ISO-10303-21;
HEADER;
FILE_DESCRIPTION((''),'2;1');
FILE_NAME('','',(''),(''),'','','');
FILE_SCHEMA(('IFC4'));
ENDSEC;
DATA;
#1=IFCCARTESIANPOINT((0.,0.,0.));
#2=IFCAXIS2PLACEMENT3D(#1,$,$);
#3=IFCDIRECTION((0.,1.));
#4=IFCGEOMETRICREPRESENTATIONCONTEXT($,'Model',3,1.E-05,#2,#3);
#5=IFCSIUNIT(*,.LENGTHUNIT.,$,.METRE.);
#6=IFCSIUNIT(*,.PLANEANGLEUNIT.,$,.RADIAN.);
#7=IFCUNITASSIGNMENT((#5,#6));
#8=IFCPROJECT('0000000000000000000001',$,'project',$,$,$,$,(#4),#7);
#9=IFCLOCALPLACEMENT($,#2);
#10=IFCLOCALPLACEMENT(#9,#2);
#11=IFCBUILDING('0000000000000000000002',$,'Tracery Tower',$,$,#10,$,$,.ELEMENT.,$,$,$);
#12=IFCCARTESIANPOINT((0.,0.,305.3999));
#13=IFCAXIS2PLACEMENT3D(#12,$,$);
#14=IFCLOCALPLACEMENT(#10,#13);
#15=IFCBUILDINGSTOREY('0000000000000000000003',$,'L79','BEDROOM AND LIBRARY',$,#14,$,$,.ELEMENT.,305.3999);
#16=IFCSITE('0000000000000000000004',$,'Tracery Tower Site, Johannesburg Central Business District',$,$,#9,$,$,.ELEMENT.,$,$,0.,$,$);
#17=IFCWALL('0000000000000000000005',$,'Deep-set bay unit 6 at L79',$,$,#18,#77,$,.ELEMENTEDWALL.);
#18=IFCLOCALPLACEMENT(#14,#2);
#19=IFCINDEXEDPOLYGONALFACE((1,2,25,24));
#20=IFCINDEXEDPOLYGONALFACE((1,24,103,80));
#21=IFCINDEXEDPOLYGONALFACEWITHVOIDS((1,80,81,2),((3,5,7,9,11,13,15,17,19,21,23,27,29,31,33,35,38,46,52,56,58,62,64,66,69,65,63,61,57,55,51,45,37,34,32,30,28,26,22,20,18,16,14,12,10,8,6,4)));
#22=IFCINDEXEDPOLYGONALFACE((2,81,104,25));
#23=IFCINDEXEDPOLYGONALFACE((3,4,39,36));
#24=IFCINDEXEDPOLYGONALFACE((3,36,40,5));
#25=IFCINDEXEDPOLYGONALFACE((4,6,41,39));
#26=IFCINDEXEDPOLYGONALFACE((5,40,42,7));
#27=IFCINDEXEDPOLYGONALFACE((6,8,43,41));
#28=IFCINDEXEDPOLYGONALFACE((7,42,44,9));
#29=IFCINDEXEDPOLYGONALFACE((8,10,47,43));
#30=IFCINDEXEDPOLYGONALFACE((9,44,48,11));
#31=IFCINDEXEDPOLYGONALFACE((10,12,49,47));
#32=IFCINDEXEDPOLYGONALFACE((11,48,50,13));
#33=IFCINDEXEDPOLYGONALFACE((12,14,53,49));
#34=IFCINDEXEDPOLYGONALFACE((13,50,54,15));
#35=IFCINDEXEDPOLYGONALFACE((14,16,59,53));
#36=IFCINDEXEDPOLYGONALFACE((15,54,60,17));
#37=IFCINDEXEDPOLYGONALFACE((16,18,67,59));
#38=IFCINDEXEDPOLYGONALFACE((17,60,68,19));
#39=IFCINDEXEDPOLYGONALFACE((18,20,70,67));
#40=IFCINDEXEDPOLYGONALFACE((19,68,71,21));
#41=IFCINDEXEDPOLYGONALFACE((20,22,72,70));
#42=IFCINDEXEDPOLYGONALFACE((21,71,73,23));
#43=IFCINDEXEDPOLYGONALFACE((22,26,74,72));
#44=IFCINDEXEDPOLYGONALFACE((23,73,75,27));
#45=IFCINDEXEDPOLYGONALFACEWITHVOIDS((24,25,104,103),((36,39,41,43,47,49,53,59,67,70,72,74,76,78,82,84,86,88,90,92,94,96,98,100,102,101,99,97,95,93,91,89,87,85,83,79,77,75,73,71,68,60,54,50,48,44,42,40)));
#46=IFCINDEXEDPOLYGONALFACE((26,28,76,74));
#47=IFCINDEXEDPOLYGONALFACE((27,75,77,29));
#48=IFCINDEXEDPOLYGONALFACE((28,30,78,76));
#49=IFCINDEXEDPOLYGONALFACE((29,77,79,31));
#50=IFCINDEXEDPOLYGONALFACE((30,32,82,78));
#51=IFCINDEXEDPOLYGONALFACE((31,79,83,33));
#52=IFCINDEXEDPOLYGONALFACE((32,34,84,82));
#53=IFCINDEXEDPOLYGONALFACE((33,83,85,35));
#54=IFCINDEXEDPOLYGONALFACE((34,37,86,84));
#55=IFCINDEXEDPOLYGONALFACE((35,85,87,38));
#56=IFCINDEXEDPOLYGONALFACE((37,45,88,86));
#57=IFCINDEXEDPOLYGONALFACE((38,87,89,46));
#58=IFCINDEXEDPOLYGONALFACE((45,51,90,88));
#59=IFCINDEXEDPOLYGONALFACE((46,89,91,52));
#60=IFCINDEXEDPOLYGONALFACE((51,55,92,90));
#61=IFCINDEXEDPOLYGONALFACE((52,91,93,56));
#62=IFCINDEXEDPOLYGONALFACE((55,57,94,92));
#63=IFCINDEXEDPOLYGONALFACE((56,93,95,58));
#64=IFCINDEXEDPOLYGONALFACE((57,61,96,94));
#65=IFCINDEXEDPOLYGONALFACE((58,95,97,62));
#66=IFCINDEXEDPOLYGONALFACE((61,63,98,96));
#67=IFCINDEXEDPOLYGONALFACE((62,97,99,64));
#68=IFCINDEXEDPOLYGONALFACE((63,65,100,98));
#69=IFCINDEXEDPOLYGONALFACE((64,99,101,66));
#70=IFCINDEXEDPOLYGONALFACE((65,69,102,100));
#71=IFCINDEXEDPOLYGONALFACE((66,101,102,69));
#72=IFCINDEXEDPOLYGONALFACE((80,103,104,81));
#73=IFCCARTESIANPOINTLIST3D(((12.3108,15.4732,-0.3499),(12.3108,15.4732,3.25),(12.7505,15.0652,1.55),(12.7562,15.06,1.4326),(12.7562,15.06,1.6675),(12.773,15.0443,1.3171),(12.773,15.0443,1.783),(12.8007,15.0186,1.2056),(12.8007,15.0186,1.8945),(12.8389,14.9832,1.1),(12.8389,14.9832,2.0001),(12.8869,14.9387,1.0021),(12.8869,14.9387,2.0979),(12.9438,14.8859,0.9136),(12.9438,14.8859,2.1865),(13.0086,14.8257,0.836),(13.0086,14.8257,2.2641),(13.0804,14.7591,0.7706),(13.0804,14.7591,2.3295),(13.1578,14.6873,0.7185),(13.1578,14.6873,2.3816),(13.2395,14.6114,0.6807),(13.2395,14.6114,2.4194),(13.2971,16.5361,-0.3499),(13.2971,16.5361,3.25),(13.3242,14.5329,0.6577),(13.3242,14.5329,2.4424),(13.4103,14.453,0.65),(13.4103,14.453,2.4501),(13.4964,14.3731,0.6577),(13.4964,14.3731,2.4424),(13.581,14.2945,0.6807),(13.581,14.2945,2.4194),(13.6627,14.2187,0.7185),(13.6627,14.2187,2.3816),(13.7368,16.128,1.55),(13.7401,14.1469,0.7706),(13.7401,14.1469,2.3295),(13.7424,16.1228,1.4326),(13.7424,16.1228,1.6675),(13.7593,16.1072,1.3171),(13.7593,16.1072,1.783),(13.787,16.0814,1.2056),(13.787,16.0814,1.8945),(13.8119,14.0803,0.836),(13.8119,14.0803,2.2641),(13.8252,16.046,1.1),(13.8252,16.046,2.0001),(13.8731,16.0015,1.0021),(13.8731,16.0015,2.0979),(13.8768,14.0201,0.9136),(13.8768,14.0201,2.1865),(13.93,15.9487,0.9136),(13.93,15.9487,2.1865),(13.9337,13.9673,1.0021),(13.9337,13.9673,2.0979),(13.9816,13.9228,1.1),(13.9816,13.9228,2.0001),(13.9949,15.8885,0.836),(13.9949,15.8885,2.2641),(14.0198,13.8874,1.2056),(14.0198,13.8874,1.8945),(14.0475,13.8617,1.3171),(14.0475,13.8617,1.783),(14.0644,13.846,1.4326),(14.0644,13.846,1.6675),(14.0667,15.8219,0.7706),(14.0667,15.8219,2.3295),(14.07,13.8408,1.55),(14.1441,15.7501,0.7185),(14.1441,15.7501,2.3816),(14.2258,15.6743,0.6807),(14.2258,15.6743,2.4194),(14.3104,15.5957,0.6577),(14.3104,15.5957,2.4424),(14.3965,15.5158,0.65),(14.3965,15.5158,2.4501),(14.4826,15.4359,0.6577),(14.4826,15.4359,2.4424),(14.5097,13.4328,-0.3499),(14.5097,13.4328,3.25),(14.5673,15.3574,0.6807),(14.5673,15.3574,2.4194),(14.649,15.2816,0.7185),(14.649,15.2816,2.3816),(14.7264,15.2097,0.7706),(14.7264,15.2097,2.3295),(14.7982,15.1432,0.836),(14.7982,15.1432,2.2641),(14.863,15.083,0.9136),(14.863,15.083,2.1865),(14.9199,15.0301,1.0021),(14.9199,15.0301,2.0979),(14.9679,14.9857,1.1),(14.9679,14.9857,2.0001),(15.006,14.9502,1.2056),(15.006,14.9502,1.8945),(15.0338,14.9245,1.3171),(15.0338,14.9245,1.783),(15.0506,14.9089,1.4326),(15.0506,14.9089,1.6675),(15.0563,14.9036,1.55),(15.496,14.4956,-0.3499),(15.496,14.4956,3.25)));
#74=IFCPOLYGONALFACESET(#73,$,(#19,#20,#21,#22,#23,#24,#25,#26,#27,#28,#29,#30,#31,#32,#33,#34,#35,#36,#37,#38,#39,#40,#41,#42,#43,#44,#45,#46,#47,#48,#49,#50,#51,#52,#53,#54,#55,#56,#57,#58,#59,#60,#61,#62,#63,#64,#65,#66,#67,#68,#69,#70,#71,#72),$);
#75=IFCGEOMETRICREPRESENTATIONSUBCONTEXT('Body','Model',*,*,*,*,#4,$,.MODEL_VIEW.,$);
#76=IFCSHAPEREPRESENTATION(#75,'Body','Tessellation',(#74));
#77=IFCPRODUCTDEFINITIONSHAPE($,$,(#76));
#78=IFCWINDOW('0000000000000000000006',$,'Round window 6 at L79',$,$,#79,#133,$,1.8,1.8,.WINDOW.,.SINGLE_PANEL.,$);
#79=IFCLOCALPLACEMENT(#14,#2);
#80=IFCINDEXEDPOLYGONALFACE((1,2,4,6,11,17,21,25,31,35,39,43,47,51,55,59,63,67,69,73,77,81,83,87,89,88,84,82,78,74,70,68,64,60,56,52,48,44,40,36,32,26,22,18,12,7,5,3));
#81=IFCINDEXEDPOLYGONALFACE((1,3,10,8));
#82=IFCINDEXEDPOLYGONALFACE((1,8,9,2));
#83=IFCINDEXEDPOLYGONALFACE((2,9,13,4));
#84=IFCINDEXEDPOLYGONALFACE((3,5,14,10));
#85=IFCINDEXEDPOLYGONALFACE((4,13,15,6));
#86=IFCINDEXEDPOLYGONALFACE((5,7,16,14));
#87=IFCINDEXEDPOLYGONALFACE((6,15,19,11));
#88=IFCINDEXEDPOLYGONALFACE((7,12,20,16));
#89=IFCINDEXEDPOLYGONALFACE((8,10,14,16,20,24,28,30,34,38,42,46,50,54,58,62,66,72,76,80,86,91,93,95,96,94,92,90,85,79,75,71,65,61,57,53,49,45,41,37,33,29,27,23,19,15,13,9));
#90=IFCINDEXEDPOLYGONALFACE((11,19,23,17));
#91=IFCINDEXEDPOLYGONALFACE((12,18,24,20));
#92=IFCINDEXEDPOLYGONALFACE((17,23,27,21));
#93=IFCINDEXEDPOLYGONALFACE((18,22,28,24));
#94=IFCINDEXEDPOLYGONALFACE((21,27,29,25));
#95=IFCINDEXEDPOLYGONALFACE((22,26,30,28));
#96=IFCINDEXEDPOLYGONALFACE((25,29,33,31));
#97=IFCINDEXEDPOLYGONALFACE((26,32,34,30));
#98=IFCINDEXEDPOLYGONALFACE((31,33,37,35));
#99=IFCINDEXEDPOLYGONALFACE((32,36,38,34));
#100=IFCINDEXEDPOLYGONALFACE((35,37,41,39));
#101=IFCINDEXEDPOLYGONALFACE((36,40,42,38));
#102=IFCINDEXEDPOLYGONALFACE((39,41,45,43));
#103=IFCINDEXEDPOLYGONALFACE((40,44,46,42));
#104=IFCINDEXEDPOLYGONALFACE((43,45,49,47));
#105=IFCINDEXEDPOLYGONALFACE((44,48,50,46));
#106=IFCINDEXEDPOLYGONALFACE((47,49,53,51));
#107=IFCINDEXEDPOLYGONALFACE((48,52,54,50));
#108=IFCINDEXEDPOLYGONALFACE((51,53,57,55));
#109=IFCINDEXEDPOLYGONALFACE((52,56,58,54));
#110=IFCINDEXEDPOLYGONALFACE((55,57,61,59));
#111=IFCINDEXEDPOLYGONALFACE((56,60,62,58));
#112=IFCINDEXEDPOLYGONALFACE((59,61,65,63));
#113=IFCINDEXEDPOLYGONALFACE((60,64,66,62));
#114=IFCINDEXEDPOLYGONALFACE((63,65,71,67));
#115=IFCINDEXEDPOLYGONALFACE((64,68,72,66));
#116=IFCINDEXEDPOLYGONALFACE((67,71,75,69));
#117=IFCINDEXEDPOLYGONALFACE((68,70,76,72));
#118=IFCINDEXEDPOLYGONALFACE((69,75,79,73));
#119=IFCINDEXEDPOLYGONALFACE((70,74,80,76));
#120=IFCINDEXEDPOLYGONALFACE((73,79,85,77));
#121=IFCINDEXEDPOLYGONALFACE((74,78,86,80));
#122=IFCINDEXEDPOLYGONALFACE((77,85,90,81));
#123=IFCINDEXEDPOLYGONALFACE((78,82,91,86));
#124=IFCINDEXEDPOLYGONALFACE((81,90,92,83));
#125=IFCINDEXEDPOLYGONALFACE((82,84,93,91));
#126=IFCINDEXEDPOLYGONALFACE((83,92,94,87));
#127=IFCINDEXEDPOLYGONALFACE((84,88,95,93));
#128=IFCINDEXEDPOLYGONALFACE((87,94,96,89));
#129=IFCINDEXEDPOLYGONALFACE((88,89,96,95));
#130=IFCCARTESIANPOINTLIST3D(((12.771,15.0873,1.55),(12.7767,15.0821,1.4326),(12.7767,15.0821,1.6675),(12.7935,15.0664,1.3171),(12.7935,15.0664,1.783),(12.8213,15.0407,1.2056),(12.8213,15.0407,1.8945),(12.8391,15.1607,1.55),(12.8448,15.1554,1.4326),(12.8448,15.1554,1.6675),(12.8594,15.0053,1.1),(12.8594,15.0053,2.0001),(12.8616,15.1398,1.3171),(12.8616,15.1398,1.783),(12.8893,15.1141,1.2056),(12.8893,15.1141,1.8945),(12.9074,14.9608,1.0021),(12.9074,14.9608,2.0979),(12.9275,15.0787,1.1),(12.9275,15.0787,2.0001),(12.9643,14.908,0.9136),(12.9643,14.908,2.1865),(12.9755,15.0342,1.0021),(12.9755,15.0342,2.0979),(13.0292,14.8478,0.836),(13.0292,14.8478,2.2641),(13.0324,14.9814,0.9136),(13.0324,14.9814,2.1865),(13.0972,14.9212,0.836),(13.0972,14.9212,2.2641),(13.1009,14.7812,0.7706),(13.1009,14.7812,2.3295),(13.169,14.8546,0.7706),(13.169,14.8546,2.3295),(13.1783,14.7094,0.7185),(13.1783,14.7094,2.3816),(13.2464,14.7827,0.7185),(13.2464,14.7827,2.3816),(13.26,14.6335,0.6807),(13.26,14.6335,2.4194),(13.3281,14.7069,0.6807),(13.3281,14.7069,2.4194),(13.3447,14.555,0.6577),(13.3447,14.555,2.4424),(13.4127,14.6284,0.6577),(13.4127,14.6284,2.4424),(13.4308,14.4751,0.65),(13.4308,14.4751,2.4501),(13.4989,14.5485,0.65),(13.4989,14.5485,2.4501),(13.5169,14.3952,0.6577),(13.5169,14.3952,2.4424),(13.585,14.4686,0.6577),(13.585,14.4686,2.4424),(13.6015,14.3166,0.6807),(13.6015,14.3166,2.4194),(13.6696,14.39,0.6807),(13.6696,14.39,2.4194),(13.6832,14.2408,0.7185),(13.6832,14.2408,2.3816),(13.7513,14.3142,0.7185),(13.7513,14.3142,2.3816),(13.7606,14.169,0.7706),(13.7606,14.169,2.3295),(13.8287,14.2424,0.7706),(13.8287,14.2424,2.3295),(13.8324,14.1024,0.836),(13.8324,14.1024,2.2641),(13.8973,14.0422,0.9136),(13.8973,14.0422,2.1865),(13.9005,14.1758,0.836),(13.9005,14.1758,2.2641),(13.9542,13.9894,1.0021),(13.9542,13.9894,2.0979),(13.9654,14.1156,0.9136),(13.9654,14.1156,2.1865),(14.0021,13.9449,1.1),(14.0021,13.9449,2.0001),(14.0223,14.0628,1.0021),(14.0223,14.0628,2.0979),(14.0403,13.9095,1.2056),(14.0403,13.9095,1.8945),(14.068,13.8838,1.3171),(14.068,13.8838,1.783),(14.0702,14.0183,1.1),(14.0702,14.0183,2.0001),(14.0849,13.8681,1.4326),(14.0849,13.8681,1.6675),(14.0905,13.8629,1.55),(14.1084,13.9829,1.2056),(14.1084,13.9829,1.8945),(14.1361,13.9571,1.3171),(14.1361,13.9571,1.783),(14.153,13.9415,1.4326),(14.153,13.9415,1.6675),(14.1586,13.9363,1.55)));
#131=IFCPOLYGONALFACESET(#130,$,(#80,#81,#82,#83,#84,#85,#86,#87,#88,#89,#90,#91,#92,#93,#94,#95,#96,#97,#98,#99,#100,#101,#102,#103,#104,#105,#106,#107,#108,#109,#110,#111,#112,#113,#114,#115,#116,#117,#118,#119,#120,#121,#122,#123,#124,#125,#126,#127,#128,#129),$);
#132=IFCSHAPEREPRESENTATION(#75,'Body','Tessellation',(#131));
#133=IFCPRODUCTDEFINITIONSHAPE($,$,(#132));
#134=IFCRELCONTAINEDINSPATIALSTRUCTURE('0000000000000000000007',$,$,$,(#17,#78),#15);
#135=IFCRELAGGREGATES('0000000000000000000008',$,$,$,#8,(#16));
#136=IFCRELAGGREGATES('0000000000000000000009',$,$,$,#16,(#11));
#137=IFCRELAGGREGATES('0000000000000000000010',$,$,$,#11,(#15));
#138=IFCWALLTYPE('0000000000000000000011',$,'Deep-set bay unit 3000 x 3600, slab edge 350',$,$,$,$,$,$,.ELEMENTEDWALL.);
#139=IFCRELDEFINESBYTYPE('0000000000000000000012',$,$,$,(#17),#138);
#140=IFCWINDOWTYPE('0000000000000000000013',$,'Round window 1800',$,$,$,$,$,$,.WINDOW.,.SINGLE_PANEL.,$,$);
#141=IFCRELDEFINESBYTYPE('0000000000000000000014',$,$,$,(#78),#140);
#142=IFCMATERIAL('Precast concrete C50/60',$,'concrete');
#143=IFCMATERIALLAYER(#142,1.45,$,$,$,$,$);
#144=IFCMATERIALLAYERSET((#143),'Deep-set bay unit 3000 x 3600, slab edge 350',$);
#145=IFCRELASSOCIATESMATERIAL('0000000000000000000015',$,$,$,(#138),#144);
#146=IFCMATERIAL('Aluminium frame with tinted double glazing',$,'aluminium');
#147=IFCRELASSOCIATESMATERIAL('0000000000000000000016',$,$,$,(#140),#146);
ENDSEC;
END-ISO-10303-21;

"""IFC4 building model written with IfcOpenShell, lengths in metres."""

from ifc_helpers import new_model, si_unit, direction, frame, frame_2d, origin, origin_2d, place, context, subcontext, project, spatial, rectangle, circle, extrude, material, layer, layer_set, type_object, element, fill, save


model = new_model("IFC4")

# Units and contexts
model_context = context("Model", 3, precision=1e-05, world=origin(), true_north=direction((0.0, 1.0)))
body_context = subcontext(model_context, "Body", "Model", "MODEL_VIEW")
ifc_project = project(units=[si_unit("LENGTHUNIT", "METRE"), si_unit("PLANEANGLEUNIT", "RADIAN")], contexts=[model_context])

# Site, building, storey
site_placement = place(None, origin())
site = spatial("IfcSite", under=ifc_project, at=site_placement, Name="Tracery Tower Site, Johannesburg Central Business District", CompositionType="ELEMENT", RefElevation=0.0)
building_placement = place(site_placement, origin())
building = spatial("IfcBuilding", under=site, at=building_placement, Name="Tracery Tower", CompositionType="ELEMENT")
storey_placement = place(building_placement, frame((0.0, 0.0, 305.3999)))
storey = spatial("IfcBuildingStorey", under=building, at=storey_placement, Name="L79", Description="BEDROOM AND LIBRARY", CompositionType="ELEMENT", Elevation=305.3999)

# Wall, opening, window
ifc_material_1 = material(Name="Precast concrete C50/60", Category="concrete")
ifc_layer_1 = layer(ifc_material_1, 1.45)
ifc_layer_set_1 = layer_set([ifc_layer_1], Name="Deep-set bay unit 3000 x 3600, slab edge 350")
wall_type_1 = type_object("IfcWallType", Name="Deep-set bay unit 3000 x 3600, slab edge 350", PredefinedType="ELEMENTEDWALL", material=ifc_layer_set_1)
wall_1_placement = place(storey_placement, frame((15.0029, 13.9641, -0.3499), z_axis=(0.0, 0.0, 1.0), x_axis=(-0.733022, 0.680204, 0.0)))
wall_1 = element("IfcWall", 1, at=wall_1_placement, inside=storey, type_object=wall_type_1, Name="Deep-set bay unit 6 at L79", PredefinedType="ELEMENTEDWALL", context=body_context, shape_type="SweptSolid", body=[
    extrude(rectangle(XDim=2.9998, YDim=1.45, at=frame_2d((1.5, 0.0))), origin(), (0.0, 0.0, 1.0), 3.5999),
])
opening_1_placement = place(wall_1_placement, frame((1.5, 0.0, 1.8999)))
opening_1 = element("IfcOpeningElement", 2, at=opening_1_placement, cuts=wall_1, PredefinedType="OPENING", context=body_context, shape_type="SweptSolid", body=[
    extrude(circle(Radius=0.9, at=origin_2d()), frame((0.0, 0.7349, 0.0), z_axis=(0.0, -1.0, 0.0), x_axis=(1.0, 0.0, 0.0)), (0.0, 0.0, 1.0), 1.47),
])
ifc_material_2 = material(Name="Aluminium frame with tinted double glazing", Category="aluminium")
window_type = type_object("IfcWindowType", Name="Round window 1800", PartitioningType="SINGLE_PANEL", PredefinedType="WINDOW", material=ifc_material_2)
window_1_placement = place(opening_1_placement, origin())
window_1 = element("IfcWindow", 3, at=window_1_placement, inside=storey, type_object=window_type, Name="Round window 6 at L79", OverallHeight=1.8, OverallWidth=1.8, PartitioningType="SINGLE_PANEL", PredefinedType="WINDOW", context=body_context, shape_type="SweptSolid", body=[
    extrude(circle(Radius=0.9, at=origin_2d()), frame((0.0, 0.6948, 0.0), z_axis=(0.0, -1.0, 0.0), x_axis=(1.0, 0.0, 0.0)), (0.0, 0.0, 1.0), 0.1001),
])
fill(opening_1, window_1)

save(model, "model.ifc")
